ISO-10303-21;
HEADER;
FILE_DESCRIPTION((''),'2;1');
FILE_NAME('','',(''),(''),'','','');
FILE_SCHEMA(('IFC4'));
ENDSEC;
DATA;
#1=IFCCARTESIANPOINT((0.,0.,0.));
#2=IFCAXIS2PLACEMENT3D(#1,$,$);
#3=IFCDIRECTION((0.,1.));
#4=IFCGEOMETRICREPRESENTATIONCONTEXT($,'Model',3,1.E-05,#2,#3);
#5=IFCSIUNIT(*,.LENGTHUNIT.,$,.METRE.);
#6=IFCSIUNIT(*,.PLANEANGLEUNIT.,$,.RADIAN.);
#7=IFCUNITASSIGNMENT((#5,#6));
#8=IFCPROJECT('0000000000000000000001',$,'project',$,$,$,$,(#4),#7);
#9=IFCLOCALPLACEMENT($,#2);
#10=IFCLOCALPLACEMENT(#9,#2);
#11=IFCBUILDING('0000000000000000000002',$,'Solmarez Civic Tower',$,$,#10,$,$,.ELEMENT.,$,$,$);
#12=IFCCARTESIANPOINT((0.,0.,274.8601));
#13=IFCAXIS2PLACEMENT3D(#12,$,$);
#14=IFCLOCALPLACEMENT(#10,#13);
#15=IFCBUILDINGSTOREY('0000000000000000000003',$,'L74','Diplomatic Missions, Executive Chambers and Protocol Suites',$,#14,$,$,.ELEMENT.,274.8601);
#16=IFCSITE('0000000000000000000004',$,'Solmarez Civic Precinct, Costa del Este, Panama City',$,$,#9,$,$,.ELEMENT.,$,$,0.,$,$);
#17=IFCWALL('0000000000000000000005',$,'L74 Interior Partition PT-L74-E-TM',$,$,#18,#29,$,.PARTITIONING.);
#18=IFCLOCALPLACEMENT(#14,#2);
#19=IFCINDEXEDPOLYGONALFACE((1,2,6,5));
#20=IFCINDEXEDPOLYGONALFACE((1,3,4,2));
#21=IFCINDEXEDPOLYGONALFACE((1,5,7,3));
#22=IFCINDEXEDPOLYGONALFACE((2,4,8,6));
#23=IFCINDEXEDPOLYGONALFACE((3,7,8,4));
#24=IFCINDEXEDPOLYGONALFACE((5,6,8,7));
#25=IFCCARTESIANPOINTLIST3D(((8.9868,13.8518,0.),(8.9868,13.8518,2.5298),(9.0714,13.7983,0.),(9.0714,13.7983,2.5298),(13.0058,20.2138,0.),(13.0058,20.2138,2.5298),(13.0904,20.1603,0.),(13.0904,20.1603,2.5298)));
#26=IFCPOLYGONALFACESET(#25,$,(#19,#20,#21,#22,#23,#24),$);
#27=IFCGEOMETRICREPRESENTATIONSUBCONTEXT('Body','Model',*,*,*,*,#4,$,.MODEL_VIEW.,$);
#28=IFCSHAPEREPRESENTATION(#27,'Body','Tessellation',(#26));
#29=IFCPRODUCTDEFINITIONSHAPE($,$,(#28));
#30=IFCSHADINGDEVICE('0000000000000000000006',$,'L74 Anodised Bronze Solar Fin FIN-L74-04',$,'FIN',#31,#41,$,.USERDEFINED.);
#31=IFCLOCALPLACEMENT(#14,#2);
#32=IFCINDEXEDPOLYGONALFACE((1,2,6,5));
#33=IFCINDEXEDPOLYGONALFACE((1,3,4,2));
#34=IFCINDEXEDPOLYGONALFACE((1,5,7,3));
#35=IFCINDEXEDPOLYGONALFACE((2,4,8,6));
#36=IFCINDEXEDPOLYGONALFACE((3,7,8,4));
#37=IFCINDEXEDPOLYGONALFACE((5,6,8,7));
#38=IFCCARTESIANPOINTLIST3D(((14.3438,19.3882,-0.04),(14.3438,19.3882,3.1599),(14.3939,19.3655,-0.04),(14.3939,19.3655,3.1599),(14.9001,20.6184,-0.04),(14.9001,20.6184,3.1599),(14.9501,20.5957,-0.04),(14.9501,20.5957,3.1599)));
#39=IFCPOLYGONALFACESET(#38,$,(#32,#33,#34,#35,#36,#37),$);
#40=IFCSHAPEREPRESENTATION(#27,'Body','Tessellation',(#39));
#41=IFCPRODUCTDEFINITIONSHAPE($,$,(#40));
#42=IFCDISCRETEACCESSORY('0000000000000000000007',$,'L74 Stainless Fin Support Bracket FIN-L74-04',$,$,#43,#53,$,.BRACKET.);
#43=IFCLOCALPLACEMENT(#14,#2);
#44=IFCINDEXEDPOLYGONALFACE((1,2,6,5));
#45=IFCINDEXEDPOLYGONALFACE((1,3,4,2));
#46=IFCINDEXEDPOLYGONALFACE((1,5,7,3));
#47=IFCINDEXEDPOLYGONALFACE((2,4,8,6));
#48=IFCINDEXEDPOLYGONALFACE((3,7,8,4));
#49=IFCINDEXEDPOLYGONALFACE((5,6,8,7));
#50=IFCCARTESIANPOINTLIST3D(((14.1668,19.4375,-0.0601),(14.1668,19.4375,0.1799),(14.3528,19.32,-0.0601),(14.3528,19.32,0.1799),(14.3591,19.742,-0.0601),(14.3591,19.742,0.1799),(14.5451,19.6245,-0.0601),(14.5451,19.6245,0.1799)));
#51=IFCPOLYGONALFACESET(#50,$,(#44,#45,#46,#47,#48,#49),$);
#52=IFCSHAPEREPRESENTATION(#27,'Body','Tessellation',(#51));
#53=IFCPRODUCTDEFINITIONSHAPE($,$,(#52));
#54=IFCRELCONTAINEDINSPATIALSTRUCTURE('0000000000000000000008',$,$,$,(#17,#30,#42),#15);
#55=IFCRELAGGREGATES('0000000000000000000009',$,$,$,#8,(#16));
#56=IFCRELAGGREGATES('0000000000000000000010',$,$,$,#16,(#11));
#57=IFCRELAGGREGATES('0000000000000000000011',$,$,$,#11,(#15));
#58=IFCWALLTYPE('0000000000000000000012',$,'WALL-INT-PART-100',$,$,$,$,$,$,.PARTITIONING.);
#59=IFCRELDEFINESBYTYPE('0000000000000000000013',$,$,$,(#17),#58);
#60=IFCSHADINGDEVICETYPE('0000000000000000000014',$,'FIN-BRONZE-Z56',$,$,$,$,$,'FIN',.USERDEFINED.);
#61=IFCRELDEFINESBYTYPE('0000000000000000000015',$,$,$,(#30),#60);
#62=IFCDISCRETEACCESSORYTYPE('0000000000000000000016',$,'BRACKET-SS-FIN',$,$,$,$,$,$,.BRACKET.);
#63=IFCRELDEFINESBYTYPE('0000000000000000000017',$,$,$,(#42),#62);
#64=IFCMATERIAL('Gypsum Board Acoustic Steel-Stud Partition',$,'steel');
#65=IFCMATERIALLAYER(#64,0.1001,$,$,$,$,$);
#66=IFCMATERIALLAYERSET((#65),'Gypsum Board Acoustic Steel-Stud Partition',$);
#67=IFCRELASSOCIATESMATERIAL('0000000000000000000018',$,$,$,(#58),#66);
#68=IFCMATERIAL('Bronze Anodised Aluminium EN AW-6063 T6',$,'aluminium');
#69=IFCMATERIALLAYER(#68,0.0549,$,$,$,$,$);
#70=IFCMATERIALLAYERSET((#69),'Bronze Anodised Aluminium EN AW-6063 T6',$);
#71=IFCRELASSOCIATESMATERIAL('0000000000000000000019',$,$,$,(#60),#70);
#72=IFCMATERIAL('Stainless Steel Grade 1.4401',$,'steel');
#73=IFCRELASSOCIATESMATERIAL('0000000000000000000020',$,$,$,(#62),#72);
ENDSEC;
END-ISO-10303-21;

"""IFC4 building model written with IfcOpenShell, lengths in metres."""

from ifc_helpers import new_model, si_unit, direction, frame, frame_2d, origin, origin_2d, place, context, subcontext, project, spatial, rectangle, extrude, material, layer, layer_set, type_object, element, save


model = new_model("IFC4")

# Units and contexts
model_context = context("Model", 3, precision=1e-05, world=origin(), true_north=direction((0.0, 1.0)))
body_context = subcontext(model_context, "Body", "Model", "MODEL_VIEW")
ifc_project = project(units=[si_unit("LENGTHUNIT", "METRE"), si_unit("PLANEANGLEUNIT", "RADIAN")], contexts=[model_context])

# Site, building, storey
site_placement = place(None, origin())
site = spatial("IfcSite", under=ifc_project, at=site_placement, Name="Solmarez Civic Precinct, Costa del Este, Panama City", CompositionType="ELEMENT", RefElevation=0.0)
building_placement = place(site_placement, origin())
building = spatial("IfcBuilding", under=site, at=building_placement, Name="Solmarez Civic Tower", CompositionType="ELEMENT")
storey_placement = place(building_placement, frame((0.0, 0.0, 274.8601)))
storey = spatial("IfcBuildingStorey", under=building, at=storey_placement, Name="L74", Description="Diplomatic Missions, Executive Chambers and Protocol Suites", CompositionType="ELEMENT", Elevation=274.8601)

# Shared definitions
ifc_material_1 = material(Name="Gypsum Board Acoustic Steel-Stud Partition", Category="steel")
ifc_layer_1 = layer(ifc_material_1, 0.1001)
ifc_layer_set_1 = layer_set([ifc_layer_1], Name="Gypsum Board Acoustic Steel-Stud Partition")
wall_type_1 = type_object("IfcWallType", Name="WALL-INT-PART-100", PredefinedType="PARTITIONING", material=ifc_layer_set_1)

# Wall
wall_1_placement = place(storey_placement, frame((9.0291, 13.825, 0.0), z_axis=(0.0, 0.0, 1.0), x_axis=(0.534078, 0.845435, 0.0)))
element("IfcWall", 1, at=wall_1_placement, inside=storey, type_object=wall_type_1, Name="L74 Interior Partition PT-L74-E-TM", PredefinedType="PARTITIONING", context=body_context, shape_type="SweptSolid", body=[
    extrude(rectangle(XDim=7.5251, YDim=0.1001, at=frame_2d((3.7627, 0.0))), origin(), (0.0, 0.0, 1.0), 2.5298),
])

# Shading device
ifc_material_2 = material(Name="Bronze Anodised Aluminium EN AW-6063 T6", Category="aluminium")
ifc_layer_2 = layer(ifc_material_2, 0.0549)
ifc_layer_set_2 = layer_set([ifc_layer_2], Name="Bronze Anodised Aluminium EN AW-6063 T6")
shading_device_type = type_object("IfcShadingDeviceType", Name="FIN-BRONZE-Z56", ElementType="FIN", PredefinedType="USERDEFINED", material=ifc_layer_set_2)
shading_device_placement = place(storey_placement, frame((14.647, 19.9919, -0.04), z_axis=(0.0, 0.0, 1.0), x_axis=(0.412007, 0.91118, 0.0)))
element("IfcShadingDevice", 2, at=shading_device_placement, inside=storey, type_object=shading_device_type, Name="L74 Anodised Bronze Solar Fin FIN-L74-04", ObjectType="FIN", PredefinedType="USERDEFINED", context=body_context, shape_type="SweptSolid", body=[
    extrude(rectangle(XDim=1.3501, YDim=0.0549, at=origin_2d()), origin(), (0.0, 0.0, 1.0), 3.2),
])

# Discrete accessory
ifc_material_3 = material(Name="Stainless Steel Grade 1.4401", Category="steel")
discrete_accessory_type = type_object("IfcDiscreteAccessoryType", Name="BRACKET-SS-FIN", PredefinedType="BRACKET", material=ifc_material_3)
discrete_accessory_placement = place(storey_placement, frame((14.356, 19.531, -0.0601), z_axis=(0.0, 0.0, 1.0), x_axis=(0.534102, 0.84542, 0.0)))
element("IfcDiscreteAccessory", 3, at=discrete_accessory_placement, inside=storey, type_object=discrete_accessory_type, Name="L74 Stainless Fin Support Bracket FIN-L74-04", PredefinedType="BRACKET", context=body_context, shape_type="SweptSolid", body=[
    extrude(rectangle(XDim=0.3601, YDim=0.22, at=origin_2d()), origin(), (0.0, 0.0, 1.0), 0.24),
])

save(model, "model.ifc")
